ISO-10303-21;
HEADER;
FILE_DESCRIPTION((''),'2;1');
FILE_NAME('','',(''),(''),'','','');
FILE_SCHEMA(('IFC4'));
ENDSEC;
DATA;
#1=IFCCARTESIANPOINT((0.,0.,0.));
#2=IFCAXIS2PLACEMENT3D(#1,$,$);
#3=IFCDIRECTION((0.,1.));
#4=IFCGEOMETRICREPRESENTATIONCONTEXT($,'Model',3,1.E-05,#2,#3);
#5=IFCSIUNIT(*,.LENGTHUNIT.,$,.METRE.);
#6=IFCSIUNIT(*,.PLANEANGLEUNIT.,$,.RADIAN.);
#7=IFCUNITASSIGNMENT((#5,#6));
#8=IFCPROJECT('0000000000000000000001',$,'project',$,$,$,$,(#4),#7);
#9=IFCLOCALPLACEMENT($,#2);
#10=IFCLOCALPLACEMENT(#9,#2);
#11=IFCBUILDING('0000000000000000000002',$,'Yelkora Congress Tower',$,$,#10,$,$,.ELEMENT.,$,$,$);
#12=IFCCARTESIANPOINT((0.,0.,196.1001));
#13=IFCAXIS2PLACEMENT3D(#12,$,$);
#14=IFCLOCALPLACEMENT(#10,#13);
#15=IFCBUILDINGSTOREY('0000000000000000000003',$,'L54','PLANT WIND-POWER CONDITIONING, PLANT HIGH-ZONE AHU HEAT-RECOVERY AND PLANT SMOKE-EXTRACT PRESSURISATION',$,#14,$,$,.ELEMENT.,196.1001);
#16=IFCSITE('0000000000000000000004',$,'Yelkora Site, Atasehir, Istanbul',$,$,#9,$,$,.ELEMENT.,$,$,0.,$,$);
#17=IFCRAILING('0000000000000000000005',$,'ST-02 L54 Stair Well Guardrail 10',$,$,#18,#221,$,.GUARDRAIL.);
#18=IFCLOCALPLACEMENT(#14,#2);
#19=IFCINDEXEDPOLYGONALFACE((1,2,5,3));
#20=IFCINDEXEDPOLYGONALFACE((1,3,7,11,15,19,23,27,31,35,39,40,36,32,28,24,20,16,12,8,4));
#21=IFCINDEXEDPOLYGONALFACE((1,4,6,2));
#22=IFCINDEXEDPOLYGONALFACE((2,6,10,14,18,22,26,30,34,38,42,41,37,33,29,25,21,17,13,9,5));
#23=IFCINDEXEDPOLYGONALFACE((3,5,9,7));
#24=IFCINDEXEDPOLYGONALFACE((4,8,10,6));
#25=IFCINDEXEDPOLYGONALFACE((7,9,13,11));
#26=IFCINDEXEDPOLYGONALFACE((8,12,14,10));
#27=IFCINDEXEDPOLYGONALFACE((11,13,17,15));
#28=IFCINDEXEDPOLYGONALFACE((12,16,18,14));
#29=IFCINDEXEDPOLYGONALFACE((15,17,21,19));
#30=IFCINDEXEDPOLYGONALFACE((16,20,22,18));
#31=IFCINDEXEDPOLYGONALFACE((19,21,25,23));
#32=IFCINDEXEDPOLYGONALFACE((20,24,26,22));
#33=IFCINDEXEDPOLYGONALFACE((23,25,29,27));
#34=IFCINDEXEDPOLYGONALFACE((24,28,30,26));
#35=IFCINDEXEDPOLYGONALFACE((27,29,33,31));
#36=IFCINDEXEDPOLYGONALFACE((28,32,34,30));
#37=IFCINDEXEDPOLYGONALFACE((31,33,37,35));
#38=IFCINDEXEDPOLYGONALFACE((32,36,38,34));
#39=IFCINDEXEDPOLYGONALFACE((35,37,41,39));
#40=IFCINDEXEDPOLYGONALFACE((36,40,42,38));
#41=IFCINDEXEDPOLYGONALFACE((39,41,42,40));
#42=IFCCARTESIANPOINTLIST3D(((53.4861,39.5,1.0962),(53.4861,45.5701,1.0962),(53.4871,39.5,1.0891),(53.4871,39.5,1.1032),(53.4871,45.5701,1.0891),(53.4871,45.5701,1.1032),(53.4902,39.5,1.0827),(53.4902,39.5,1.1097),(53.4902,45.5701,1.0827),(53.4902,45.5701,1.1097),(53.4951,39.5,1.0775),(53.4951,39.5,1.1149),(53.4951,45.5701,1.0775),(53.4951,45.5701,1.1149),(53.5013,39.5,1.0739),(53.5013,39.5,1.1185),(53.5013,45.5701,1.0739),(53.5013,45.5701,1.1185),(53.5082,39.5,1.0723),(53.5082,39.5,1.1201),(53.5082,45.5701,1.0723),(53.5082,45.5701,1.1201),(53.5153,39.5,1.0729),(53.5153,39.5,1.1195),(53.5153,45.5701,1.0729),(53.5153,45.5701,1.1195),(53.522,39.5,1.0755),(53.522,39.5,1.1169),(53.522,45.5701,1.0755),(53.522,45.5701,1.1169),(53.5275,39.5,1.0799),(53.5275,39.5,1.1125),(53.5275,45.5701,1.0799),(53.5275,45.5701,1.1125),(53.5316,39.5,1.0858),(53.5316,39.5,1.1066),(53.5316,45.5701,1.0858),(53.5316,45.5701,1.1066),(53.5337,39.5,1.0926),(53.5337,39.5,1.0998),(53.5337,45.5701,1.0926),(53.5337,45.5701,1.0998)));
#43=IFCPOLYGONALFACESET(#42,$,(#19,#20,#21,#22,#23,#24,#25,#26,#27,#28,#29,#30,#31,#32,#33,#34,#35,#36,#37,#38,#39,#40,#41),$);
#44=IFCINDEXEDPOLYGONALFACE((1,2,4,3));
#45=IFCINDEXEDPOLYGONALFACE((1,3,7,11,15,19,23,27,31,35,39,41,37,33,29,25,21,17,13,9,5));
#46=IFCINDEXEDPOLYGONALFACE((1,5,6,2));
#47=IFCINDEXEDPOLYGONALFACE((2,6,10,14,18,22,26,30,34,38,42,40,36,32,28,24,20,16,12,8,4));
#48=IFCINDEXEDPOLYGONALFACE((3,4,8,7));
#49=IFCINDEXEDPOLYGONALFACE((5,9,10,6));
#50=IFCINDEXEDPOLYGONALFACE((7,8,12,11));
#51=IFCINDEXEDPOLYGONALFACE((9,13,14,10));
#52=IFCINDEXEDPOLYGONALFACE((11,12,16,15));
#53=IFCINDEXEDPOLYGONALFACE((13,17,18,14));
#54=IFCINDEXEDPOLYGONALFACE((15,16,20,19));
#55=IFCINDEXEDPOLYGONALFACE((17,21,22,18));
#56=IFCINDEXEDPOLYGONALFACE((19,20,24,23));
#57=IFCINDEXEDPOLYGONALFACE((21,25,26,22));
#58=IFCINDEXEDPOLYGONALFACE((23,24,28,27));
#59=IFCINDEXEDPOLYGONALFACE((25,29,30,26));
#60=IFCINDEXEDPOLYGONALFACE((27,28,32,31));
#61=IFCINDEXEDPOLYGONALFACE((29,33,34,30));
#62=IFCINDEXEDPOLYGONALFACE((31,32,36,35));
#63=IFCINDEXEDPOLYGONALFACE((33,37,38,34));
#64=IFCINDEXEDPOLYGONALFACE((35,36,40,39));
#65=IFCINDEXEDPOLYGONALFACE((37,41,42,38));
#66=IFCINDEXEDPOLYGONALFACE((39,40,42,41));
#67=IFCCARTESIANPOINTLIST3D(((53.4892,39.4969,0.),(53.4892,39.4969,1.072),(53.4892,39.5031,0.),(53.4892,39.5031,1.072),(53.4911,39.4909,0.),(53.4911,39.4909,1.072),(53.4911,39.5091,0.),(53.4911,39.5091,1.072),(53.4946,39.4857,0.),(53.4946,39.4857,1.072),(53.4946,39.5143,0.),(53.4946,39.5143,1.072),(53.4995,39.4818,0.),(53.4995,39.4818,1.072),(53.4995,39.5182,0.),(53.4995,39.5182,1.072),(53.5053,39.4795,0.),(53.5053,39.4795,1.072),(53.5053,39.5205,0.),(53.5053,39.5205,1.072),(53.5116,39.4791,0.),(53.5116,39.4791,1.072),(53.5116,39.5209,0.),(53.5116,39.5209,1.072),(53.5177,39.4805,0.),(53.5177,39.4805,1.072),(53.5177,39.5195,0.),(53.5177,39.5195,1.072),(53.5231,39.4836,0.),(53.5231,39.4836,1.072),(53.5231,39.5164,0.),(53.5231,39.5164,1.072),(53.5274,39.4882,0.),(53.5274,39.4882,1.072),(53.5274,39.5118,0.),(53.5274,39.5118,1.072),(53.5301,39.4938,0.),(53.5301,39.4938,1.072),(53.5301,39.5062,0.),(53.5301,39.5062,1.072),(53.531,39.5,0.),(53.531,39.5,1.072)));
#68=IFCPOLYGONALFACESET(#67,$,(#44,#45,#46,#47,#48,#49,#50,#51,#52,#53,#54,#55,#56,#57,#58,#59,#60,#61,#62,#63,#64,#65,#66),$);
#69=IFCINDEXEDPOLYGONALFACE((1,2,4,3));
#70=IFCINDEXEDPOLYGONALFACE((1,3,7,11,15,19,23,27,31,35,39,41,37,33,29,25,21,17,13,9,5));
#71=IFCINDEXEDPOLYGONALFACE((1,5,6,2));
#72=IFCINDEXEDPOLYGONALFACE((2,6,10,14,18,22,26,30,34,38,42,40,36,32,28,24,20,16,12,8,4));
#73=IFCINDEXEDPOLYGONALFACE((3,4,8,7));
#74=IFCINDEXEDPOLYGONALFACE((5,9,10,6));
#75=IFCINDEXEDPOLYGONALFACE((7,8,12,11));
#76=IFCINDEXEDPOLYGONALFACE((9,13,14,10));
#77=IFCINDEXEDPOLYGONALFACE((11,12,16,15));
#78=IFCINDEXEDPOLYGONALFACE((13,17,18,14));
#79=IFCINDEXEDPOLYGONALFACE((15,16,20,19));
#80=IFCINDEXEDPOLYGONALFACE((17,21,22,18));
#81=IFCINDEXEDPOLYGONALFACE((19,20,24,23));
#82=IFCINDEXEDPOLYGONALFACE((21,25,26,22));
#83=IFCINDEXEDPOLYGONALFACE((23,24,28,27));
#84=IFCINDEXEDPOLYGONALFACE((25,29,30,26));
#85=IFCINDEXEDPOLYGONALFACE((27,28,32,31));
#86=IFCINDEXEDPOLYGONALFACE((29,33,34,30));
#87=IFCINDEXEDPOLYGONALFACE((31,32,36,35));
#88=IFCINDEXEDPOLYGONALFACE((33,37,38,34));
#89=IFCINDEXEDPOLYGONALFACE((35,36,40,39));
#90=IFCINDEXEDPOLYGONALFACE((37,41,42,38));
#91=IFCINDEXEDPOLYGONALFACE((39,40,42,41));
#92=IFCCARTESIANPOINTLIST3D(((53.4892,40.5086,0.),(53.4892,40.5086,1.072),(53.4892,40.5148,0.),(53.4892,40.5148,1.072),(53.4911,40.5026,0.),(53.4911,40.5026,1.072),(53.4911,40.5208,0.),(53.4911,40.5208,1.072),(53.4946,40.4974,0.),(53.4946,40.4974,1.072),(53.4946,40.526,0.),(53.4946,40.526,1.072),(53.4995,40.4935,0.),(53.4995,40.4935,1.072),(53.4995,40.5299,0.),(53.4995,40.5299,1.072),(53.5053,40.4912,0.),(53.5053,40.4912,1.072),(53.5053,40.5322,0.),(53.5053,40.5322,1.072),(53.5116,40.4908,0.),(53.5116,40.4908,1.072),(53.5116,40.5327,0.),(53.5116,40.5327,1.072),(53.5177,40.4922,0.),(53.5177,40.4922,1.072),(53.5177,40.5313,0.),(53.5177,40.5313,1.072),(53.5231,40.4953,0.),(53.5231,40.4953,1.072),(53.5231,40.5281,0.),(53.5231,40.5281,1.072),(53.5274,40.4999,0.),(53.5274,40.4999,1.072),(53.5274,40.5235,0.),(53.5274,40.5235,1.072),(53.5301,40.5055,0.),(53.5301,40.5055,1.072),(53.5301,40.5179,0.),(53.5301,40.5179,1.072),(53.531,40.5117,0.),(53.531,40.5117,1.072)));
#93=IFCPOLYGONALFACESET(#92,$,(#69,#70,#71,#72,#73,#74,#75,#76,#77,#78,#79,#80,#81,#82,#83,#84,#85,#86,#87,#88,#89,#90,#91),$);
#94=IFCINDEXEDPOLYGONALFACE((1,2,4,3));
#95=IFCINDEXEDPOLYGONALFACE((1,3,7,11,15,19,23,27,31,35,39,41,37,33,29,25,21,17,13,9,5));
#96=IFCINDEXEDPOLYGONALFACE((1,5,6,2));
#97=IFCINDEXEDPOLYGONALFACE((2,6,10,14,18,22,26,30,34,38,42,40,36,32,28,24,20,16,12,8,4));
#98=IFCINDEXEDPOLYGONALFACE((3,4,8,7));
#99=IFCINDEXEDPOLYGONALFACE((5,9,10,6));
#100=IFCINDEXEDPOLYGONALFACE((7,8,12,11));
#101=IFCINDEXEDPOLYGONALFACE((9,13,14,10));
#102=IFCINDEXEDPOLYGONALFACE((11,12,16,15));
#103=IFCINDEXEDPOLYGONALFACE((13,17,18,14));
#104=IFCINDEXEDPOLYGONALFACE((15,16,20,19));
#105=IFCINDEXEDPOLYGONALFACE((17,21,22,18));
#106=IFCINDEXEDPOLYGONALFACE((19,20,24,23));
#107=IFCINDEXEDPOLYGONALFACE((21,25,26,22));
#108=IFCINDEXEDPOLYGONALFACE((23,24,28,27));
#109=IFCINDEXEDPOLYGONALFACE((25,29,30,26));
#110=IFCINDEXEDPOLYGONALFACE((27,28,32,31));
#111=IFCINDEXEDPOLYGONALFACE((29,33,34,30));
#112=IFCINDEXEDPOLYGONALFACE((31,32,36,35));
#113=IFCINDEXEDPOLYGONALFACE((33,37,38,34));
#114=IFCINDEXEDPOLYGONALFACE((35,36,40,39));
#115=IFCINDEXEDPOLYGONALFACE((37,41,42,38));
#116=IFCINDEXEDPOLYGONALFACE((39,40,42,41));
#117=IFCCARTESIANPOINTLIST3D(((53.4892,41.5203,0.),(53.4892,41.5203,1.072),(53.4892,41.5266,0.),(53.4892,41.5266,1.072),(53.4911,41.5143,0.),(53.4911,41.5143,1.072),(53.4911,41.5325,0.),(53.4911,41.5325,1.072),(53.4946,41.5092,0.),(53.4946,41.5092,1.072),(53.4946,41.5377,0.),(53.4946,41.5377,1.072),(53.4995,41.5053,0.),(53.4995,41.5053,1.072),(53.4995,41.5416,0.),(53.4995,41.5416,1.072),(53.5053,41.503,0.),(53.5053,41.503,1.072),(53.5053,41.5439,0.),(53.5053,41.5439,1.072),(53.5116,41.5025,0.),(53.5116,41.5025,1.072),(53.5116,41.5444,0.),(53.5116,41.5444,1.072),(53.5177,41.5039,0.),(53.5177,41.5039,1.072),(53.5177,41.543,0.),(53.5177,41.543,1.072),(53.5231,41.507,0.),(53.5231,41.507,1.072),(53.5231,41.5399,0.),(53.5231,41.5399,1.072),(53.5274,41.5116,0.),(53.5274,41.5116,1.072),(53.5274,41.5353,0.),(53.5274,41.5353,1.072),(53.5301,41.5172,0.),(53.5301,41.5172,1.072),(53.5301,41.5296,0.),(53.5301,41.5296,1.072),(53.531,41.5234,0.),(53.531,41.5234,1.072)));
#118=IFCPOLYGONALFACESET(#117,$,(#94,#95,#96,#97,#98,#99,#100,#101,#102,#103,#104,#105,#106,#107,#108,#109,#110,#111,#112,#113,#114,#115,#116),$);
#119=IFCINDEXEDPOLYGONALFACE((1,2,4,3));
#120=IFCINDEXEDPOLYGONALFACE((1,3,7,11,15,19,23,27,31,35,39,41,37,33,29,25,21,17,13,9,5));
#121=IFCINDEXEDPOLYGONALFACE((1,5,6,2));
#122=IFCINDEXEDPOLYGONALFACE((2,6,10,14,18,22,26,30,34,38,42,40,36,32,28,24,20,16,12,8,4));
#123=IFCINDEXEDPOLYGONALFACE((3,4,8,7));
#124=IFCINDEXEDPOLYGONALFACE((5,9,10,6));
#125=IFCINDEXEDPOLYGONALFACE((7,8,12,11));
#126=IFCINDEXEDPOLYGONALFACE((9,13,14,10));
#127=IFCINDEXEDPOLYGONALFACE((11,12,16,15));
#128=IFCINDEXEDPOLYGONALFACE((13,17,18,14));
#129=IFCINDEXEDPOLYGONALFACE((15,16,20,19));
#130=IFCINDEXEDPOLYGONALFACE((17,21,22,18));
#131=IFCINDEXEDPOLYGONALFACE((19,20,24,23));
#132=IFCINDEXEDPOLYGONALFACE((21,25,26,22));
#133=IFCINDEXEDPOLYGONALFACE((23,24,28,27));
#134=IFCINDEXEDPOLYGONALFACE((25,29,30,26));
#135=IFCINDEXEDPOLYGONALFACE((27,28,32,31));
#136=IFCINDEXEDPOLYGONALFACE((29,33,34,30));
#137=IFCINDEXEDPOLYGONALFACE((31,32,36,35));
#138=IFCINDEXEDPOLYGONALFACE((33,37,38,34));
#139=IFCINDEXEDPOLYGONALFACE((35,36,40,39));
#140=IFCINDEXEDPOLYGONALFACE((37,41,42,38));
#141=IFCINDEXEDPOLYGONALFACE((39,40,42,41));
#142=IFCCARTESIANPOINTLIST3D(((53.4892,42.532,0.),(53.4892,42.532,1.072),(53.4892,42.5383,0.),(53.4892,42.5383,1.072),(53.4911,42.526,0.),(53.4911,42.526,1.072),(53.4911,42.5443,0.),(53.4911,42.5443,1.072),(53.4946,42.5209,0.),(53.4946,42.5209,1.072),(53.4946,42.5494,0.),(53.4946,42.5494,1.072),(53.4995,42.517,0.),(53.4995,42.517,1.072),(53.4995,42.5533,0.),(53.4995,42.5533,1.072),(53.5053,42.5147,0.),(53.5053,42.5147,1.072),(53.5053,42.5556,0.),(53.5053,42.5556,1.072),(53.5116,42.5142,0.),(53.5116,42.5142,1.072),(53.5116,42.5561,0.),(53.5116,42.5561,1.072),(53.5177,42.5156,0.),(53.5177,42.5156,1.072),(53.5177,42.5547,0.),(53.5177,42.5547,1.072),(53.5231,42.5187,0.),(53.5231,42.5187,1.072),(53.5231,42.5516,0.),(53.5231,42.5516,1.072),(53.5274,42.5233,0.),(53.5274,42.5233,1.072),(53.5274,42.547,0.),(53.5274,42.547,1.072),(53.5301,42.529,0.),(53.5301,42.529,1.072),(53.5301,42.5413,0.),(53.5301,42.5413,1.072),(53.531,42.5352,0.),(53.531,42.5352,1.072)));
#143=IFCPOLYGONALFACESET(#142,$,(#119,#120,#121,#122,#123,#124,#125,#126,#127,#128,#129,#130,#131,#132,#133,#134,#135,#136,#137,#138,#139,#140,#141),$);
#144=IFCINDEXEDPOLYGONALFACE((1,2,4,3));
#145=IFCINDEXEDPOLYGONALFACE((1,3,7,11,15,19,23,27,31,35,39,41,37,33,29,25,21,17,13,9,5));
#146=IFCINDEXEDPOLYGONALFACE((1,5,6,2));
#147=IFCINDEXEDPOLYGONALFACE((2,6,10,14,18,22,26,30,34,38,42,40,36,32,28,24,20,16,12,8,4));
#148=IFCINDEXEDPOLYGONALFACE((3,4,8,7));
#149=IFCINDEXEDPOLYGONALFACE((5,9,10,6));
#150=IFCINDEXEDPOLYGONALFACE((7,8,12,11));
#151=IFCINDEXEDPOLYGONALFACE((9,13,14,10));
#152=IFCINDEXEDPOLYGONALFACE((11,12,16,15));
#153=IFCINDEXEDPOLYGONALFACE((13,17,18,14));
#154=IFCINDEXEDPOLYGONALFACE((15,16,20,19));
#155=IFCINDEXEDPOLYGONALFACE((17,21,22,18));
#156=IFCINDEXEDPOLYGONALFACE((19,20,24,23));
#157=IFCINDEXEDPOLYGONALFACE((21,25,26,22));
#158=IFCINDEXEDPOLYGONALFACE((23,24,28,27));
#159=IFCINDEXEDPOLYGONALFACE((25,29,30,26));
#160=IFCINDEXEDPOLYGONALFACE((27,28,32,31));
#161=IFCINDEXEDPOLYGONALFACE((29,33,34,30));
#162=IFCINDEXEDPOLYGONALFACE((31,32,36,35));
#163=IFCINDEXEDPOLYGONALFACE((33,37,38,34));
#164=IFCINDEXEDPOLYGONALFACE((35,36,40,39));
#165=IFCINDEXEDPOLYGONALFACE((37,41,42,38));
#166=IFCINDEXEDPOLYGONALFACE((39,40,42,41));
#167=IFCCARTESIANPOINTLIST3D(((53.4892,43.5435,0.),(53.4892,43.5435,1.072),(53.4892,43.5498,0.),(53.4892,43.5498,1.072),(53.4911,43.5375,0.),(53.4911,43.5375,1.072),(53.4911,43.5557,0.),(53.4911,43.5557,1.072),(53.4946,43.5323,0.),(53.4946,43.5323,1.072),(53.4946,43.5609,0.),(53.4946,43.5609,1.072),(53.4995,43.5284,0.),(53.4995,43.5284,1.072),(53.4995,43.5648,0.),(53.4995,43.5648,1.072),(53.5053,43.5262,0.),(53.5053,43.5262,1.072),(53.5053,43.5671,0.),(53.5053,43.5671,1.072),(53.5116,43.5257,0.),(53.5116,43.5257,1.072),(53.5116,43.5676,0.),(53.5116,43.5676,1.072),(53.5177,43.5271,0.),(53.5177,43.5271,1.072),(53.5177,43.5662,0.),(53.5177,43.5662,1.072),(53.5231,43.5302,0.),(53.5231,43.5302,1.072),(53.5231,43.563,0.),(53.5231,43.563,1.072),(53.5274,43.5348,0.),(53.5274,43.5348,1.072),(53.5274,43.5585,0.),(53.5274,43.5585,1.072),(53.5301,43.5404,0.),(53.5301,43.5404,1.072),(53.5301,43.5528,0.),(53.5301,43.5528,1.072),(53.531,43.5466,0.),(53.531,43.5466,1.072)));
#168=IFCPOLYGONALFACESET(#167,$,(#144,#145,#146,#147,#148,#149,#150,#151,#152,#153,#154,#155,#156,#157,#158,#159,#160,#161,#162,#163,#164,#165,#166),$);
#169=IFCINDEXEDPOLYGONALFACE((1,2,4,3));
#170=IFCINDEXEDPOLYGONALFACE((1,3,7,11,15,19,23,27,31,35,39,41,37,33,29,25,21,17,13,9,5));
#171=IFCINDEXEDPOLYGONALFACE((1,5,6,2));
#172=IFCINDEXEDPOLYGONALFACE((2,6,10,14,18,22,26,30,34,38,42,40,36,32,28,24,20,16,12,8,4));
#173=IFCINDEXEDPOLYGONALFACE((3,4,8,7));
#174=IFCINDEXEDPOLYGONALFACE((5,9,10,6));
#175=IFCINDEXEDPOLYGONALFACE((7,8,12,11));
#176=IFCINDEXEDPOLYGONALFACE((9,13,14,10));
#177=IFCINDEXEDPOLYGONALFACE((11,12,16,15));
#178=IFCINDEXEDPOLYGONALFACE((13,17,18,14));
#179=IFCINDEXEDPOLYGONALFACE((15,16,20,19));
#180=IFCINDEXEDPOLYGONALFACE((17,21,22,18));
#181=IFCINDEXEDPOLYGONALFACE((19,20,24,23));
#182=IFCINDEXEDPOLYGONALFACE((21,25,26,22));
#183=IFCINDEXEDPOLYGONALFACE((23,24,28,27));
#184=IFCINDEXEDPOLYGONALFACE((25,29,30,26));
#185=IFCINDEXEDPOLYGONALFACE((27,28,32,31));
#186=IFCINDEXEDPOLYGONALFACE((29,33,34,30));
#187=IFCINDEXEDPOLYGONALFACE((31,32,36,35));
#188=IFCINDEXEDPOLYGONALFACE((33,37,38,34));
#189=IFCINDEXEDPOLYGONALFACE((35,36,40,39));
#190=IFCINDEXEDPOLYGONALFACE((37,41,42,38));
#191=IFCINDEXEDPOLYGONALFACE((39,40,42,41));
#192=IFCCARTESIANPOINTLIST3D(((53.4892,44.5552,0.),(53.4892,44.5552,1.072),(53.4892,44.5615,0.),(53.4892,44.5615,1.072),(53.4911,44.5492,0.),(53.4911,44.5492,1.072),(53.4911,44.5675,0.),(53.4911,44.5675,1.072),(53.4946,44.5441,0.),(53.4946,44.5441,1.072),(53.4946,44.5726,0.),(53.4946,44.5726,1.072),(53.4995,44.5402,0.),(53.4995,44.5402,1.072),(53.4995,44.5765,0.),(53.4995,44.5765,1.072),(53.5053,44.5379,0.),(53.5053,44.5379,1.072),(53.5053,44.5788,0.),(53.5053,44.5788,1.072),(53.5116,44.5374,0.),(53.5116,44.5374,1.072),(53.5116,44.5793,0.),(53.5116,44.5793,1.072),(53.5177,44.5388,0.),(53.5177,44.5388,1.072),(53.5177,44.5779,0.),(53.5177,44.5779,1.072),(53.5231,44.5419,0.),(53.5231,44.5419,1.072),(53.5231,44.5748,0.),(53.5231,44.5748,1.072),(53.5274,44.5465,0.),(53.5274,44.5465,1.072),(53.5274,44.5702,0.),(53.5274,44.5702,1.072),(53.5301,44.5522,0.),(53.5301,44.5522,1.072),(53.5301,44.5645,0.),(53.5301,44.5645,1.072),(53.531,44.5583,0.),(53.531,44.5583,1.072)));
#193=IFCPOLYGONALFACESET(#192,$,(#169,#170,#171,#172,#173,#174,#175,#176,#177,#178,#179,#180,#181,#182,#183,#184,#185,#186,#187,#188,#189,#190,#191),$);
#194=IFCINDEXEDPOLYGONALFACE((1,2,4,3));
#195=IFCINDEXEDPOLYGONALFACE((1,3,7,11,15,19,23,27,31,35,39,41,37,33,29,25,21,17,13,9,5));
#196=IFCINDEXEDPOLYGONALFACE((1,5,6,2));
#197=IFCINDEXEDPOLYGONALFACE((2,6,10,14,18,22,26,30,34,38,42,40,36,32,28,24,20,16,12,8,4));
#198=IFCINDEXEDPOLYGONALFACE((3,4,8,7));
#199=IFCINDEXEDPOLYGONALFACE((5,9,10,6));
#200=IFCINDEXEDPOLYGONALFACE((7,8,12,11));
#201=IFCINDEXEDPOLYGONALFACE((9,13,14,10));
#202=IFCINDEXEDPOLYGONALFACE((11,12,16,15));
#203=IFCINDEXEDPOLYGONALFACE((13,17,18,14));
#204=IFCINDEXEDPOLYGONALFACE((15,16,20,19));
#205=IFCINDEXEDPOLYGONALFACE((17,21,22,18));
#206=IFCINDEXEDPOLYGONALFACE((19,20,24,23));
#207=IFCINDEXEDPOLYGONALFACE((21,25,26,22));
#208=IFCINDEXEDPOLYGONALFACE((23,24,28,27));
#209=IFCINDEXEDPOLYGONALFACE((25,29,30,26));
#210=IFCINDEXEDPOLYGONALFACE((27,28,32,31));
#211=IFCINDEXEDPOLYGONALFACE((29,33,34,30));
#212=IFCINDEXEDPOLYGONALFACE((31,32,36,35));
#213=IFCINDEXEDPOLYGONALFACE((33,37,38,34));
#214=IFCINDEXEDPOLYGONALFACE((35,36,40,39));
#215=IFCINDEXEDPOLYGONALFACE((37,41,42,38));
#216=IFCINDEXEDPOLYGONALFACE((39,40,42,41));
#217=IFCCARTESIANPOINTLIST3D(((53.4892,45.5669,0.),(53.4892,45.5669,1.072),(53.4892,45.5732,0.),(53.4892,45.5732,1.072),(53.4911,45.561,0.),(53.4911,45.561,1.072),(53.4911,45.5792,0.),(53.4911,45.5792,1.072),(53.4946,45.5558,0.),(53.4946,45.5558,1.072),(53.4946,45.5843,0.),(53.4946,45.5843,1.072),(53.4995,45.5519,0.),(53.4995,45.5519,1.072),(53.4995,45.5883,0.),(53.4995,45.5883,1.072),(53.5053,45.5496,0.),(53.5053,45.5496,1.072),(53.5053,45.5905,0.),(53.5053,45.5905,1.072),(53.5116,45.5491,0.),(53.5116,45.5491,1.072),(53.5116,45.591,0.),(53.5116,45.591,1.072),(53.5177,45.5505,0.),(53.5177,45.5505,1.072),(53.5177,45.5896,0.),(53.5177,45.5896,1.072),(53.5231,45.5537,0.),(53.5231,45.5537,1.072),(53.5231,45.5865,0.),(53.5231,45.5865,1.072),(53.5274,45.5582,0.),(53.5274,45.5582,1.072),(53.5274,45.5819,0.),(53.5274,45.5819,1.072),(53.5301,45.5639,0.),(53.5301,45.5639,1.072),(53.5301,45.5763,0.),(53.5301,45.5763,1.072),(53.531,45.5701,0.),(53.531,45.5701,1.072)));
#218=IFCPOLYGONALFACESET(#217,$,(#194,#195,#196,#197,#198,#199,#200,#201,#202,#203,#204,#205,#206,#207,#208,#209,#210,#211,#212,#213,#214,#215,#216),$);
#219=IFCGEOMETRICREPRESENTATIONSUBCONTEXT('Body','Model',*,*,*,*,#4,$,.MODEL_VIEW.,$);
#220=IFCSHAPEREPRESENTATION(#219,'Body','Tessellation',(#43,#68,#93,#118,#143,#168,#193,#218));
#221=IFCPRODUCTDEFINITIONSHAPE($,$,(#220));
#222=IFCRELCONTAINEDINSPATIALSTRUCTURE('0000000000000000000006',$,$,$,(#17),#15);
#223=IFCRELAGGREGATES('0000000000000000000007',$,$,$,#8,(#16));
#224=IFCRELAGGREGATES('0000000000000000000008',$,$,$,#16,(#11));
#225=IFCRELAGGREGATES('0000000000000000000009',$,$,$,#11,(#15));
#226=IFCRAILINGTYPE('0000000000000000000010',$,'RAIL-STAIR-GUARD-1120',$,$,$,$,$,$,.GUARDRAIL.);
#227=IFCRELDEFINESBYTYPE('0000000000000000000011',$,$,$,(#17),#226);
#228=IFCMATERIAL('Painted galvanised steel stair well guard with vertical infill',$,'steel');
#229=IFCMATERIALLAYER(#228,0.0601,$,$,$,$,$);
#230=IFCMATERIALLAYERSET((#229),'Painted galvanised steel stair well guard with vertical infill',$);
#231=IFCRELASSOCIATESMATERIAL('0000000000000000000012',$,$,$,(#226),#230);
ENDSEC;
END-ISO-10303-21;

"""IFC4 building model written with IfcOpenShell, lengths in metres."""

from ifc_helpers import new_model, si_unit, direction, frame, origin, origin_2d, place, context, subcontext, project, spatial, circle, extrude, material, layer, layer_set, type_object, element, save


model = new_model("IFC4")

# Units and contexts
model_context = context("Model", 3, precision=1e-05, world=origin(), true_north=direction((0.0, 1.0)))
body_context = subcontext(model_context, "Body", "Model", "MODEL_VIEW")
ifc_project = project(units=[si_unit("LENGTHUNIT", "METRE"), si_unit("PLANEANGLEUNIT", "RADIAN")], contexts=[model_context])

# Site, building, storey
site_placement = place(None, origin())
site = spatial("IfcSite", under=ifc_project, at=site_placement, Name="Yelkora Site, Atasehir, Istanbul", CompositionType="ELEMENT", RefElevation=0.0)
building_placement = place(site_placement, origin())
building = spatial("IfcBuilding", under=site, at=building_placement, Name="Yelkora Congress Tower", CompositionType="ELEMENT")
storey_placement = place(building_placement, frame((0.0, 0.0, 196.1001)))
storey = spatial("IfcBuildingStorey", under=building, at=storey_placement, Name="L54", Description="PLANT WIND-POWER CONDITIONING, PLANT HIGH-ZONE AHU HEAT-RECOVERY AND PLANT SMOKE-EXTRACT PRESSURISATION", CompositionType="ELEMENT", Elevation=196.1001)

# Railing
ifc_material_1 = material(Name="Painted galvanised steel stair well guard with vertical infill", Category="steel")
ifc_layer_1 = layer(ifc_material_1, 0.0601)
ifc_layer_set_1 = layer_set([ifc_layer_1], Name="Painted galvanised steel stair well guard with vertical infill")
railing_type_1 = type_object("IfcRailingType", Name="RAIL-STAIR-GUARD-1120", PredefinedType="GUARDRAIL", material=ifc_layer_set_1)
railing_1_placement = place(storey_placement, frame((53.51, 39.5, 0.0)))
element("IfcRailing", 1, at=railing_1_placement, inside=storey, type_object=railing_type_1, Name="ST-02 L54 Stair Well Guardrail 10", PredefinedType="GUARDRAIL", context=body_context, shape_type="SweptSolid", body=[
    extrude(circle(Radius=0.0239, at=origin_2d()), frame((0.0, 0.0, 1.0962), z_axis=(0.0, 1.0, 0.0), x_axis=(-1.0, 0.0, 0.0)), (0.0, 0.0, 1.0), 6.0701),
    extrude(circle(Radius=0.021, at=origin_2d()), origin(), (0.0, 0.0, 1.0), 1.072),
    extrude(circle(Radius=0.021, at=origin_2d()), frame((0.0, 1.0117, 0.0)), (0.0, 0.0, 1.0), 1.072),
    extrude(circle(Radius=0.021, at=origin_2d()), frame((0.0, 2.0234, 0.0)), (0.0, 0.0, 1.0), 1.072),
    extrude(circle(Radius=0.021, at=origin_2d()), frame((0.0, 3.0352, 0.0)), (0.0, 0.0, 1.0), 1.072),
    extrude(circle(Radius=0.021, at=origin_2d()), frame((0.0, 4.0466, 0.0)), (0.0, 0.0, 1.0), 1.072),
    extrude(circle(Radius=0.021, at=origin_2d()), frame((0.0, 5.0583, 0.0)), (0.0, 0.0, 1.0), 1.072),
    extrude(circle(Radius=0.021, at=origin_2d()), frame((0.0, 6.0701, 0.0)), (0.0, 0.0, 1.0), 1.072),
])

save(model, "model.ifc")
